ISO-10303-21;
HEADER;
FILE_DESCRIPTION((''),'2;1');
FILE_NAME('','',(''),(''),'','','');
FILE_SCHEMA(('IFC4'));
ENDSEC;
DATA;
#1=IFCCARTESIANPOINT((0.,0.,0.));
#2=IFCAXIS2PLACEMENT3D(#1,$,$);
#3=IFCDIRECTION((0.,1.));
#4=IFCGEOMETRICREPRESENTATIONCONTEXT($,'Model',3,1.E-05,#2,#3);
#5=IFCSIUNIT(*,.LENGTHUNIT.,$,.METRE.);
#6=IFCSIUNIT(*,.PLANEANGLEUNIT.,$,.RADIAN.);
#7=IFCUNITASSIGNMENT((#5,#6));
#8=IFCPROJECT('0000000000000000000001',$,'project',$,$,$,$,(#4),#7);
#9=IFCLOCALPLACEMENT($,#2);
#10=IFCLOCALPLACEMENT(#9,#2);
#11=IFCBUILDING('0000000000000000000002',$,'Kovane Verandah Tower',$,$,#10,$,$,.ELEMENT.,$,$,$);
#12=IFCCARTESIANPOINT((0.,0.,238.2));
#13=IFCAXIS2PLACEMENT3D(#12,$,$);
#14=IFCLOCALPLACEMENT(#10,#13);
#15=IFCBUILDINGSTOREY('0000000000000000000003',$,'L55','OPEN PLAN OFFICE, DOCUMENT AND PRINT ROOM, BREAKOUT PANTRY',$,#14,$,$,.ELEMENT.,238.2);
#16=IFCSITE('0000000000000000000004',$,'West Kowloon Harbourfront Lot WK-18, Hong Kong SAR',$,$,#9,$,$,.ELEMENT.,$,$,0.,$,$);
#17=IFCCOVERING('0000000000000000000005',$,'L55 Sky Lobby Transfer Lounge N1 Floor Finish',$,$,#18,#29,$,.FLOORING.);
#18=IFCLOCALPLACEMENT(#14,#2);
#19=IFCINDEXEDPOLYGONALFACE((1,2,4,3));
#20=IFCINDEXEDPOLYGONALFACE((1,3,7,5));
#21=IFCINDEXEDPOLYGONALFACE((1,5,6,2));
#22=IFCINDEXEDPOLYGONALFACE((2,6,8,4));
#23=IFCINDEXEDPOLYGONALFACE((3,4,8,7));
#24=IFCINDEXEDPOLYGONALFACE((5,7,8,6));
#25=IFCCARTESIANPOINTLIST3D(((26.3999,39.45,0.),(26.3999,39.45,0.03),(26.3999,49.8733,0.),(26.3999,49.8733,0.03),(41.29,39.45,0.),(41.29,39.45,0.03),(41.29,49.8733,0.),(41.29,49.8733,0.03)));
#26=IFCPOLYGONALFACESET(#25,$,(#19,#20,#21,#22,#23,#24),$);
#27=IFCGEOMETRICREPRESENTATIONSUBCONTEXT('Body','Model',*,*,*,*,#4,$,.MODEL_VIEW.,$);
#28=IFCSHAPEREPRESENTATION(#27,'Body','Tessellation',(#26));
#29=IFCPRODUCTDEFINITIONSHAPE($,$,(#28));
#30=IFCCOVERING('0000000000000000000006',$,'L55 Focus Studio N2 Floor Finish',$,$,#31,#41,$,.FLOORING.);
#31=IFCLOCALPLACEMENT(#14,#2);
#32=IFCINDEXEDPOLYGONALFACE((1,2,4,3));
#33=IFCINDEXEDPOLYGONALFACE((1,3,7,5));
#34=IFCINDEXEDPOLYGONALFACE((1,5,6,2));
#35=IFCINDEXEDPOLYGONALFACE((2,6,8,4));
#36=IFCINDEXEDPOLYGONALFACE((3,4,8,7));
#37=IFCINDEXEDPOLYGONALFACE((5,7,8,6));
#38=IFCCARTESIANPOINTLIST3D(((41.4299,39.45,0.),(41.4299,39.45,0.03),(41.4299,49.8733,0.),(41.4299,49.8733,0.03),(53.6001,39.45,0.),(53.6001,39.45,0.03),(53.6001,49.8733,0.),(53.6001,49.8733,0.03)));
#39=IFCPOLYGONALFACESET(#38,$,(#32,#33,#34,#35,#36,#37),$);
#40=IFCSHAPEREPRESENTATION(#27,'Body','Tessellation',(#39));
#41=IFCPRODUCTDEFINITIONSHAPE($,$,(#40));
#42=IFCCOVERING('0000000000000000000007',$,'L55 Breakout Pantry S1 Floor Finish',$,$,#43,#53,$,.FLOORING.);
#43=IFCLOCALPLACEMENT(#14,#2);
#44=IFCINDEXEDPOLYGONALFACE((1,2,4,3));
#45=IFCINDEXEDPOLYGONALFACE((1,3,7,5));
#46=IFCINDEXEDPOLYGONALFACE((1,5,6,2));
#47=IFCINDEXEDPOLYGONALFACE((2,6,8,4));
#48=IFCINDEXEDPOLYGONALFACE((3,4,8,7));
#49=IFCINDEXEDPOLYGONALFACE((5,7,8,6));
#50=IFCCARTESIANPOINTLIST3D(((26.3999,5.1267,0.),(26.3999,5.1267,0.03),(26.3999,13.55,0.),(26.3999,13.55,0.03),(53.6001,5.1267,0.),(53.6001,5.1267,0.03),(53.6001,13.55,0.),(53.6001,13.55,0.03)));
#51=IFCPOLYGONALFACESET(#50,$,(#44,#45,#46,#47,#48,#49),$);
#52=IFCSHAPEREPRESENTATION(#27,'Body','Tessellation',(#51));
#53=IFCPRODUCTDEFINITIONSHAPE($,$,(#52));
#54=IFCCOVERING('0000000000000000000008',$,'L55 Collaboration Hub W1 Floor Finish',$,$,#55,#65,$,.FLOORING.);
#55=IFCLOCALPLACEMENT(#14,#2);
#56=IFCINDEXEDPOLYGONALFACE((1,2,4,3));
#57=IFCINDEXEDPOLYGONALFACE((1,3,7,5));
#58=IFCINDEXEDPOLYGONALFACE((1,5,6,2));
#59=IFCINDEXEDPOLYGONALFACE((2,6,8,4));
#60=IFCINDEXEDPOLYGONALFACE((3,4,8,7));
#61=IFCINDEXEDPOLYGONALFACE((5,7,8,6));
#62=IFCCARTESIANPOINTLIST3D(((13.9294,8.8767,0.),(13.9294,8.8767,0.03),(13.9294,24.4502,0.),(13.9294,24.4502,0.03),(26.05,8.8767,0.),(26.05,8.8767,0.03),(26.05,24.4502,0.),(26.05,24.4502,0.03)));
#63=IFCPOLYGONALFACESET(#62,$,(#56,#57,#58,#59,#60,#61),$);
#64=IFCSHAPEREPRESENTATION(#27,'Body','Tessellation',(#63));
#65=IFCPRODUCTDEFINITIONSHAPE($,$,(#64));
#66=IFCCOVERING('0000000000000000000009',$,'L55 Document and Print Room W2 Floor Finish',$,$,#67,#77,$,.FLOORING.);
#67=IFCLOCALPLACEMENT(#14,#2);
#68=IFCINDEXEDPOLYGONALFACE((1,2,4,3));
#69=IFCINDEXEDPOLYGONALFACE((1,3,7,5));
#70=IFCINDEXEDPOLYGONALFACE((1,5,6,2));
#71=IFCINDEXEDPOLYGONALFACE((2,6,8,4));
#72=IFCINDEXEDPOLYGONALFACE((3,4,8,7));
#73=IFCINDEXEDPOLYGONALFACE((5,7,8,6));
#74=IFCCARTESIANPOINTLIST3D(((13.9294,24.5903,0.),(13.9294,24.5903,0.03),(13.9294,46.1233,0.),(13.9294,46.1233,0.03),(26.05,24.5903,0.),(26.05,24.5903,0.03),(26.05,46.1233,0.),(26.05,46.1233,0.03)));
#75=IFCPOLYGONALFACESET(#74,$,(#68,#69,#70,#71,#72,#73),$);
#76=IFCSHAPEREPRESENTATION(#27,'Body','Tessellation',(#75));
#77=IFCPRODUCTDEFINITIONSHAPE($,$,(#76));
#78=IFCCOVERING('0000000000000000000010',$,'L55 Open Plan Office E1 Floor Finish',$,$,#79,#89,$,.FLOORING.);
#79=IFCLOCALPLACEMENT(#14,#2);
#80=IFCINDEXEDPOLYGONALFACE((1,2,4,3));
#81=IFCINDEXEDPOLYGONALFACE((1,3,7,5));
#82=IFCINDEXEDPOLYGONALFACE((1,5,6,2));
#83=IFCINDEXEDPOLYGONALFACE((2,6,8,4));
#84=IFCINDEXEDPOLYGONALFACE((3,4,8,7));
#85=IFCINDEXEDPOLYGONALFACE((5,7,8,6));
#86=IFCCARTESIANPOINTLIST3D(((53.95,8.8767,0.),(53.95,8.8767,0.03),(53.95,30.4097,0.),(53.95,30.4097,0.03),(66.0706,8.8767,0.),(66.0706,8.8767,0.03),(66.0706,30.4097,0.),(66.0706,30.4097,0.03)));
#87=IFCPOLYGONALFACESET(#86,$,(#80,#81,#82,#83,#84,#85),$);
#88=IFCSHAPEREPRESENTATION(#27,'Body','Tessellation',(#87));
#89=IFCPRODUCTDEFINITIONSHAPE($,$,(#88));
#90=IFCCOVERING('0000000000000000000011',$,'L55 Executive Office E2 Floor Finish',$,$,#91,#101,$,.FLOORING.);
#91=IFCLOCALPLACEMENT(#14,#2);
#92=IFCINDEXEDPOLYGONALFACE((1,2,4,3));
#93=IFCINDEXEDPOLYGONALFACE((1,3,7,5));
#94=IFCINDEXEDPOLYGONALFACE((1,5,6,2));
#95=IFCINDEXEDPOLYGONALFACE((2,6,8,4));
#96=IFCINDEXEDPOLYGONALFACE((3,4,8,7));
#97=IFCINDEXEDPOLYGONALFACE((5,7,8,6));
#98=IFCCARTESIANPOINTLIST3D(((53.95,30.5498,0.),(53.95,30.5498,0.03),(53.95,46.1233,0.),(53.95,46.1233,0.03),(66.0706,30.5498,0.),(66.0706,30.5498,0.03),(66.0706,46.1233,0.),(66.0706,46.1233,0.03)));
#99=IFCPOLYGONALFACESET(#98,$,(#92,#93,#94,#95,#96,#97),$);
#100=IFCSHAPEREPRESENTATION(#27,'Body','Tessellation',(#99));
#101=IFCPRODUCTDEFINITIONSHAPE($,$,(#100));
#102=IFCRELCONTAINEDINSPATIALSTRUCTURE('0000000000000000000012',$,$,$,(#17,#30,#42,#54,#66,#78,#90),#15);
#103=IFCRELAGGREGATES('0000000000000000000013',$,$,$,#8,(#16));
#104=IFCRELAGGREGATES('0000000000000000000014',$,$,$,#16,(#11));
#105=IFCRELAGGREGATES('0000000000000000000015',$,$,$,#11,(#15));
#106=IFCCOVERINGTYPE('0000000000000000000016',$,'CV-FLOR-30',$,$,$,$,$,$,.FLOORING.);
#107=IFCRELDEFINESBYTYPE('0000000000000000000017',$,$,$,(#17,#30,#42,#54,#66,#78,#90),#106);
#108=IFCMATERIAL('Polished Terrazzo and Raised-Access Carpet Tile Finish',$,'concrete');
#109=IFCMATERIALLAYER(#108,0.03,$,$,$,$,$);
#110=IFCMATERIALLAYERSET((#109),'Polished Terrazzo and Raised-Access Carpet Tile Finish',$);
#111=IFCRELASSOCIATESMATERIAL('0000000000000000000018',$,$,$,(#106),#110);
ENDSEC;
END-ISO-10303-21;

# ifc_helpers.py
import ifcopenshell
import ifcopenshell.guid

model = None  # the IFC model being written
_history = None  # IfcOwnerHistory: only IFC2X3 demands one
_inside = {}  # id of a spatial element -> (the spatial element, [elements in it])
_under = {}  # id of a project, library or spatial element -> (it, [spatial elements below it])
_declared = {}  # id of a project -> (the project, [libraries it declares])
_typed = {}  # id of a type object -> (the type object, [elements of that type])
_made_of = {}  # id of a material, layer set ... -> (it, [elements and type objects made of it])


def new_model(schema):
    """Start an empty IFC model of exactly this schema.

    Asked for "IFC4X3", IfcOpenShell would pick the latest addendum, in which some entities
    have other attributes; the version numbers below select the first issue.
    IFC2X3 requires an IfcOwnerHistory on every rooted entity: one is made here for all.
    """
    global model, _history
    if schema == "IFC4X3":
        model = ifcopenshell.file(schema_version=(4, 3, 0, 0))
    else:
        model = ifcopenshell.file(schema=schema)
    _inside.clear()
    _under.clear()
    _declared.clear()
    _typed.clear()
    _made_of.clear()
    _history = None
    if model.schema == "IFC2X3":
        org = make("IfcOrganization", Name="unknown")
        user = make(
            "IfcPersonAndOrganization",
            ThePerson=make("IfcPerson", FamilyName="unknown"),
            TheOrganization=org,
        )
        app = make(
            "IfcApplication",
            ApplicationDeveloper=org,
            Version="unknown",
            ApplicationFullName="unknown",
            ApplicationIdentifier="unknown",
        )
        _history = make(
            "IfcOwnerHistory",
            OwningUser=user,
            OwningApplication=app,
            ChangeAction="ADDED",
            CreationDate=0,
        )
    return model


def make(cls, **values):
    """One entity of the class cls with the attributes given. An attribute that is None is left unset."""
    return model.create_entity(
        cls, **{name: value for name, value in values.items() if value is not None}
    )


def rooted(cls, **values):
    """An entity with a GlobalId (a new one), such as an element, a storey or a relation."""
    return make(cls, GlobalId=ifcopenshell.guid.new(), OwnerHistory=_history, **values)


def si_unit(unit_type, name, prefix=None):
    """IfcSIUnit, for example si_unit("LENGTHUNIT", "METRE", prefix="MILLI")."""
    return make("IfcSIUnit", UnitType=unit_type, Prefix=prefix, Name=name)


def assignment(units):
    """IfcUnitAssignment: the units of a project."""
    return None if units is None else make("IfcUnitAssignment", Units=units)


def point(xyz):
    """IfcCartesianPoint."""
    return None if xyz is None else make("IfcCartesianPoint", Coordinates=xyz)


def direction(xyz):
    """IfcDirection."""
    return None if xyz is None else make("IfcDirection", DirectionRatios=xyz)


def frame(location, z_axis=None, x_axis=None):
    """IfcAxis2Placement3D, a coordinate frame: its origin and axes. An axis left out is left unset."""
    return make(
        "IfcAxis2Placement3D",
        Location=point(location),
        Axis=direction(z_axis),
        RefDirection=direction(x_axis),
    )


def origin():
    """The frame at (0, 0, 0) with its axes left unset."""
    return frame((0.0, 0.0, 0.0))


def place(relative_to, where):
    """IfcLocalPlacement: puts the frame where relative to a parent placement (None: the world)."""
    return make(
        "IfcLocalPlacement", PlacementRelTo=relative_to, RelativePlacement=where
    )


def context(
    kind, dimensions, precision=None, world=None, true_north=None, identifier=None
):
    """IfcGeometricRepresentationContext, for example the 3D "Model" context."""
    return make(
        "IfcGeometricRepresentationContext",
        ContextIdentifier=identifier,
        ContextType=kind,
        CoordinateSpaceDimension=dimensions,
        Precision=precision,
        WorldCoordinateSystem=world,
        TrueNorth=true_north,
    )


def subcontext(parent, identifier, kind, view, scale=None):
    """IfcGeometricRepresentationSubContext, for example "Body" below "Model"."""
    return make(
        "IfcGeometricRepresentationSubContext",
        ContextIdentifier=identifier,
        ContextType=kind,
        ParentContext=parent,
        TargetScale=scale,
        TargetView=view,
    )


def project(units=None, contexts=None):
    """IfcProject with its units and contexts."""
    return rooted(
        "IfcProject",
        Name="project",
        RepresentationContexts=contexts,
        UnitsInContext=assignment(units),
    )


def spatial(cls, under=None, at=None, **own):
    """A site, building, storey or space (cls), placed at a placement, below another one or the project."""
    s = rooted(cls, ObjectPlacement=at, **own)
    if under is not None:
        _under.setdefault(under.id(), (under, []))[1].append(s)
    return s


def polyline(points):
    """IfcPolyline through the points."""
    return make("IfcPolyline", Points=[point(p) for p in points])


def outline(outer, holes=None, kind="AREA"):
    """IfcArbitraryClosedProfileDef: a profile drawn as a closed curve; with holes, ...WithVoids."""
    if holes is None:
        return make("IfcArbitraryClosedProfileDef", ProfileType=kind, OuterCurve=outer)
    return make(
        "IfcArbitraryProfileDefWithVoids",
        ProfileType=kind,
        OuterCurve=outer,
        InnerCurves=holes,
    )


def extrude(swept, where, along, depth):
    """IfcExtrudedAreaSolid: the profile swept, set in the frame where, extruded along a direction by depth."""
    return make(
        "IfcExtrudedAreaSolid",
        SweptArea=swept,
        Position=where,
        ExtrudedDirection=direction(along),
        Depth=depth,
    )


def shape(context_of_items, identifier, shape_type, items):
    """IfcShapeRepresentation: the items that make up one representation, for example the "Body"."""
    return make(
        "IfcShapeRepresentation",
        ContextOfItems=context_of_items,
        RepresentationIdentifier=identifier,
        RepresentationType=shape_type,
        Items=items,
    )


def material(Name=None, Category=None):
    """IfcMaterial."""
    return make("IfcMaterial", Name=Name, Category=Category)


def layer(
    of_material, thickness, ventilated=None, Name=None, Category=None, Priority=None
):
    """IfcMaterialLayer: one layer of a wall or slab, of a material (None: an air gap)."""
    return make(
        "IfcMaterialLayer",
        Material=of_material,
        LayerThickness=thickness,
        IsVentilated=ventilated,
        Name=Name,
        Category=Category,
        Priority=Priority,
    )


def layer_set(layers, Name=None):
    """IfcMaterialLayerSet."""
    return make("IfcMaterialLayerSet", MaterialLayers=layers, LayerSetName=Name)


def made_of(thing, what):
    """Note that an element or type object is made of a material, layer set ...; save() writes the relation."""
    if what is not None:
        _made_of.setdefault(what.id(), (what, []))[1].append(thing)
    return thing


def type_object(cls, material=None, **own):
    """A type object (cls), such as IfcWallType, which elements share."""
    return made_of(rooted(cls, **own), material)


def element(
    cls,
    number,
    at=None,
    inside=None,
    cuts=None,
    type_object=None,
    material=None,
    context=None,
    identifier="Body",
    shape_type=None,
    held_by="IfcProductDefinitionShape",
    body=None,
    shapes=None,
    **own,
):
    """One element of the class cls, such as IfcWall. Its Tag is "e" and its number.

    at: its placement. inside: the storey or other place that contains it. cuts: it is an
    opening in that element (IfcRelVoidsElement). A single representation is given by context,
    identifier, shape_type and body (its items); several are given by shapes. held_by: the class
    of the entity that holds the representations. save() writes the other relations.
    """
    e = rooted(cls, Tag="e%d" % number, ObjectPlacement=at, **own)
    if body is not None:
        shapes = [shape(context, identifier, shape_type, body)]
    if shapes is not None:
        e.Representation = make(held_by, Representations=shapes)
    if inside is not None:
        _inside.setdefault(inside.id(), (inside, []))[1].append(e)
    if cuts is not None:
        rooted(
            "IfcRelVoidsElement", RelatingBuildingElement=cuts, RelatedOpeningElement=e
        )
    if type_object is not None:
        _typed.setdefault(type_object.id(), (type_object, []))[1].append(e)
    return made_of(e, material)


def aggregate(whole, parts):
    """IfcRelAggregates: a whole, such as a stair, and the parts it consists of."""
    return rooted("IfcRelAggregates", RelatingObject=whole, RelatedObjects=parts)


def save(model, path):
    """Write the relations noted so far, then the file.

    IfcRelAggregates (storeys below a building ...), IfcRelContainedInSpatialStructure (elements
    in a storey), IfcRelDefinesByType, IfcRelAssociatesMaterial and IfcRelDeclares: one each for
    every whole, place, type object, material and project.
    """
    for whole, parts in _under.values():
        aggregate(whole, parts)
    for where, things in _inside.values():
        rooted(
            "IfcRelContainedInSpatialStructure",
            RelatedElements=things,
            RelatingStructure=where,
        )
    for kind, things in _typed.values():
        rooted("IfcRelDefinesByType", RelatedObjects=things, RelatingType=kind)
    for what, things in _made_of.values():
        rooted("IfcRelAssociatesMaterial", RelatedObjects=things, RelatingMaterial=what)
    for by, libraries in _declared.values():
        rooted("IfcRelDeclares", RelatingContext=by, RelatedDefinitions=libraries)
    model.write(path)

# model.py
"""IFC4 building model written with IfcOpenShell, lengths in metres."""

from ifc_helpers import new_model, si_unit, direction, frame, origin, place, context, subcontext, project, spatial, polyline, outline, extrude, material, layer, layer_set, type_object, element, save


model = new_model("IFC4")

# Units and contexts
model_context = context("Model", 3, precision=1e-05, world=origin(), true_north=direction((0.0, 1.0)))
body_context = subcontext(model_context, "Body", "Model", "MODEL_VIEW")
ifc_project = project(units=[si_unit("LENGTHUNIT", "METRE"), si_unit("PLANEANGLEUNIT", "RADIAN")], contexts=[model_context])

# Site, building, storey
site_placement = place(None, origin())
site = spatial("IfcSite", under=ifc_project, at=site_placement, Name="West Kowloon Harbourfront Lot WK-18, Hong Kong SAR", CompositionType="ELEMENT", RefElevation=0.0)
building_placement = place(site_placement, origin())
building = spatial("IfcBuilding", under=site, at=building_placement, Name="Kovane Verandah Tower", CompositionType="ELEMENT")
storey_placement = place(building_placement, frame((0.0, 0.0, 238.2)))
storey = spatial("IfcBuildingStorey", under=building, at=storey_placement, Name="L55", Description="OPEN PLAN OFFICE, DOCUMENT AND PRINT ROOM, BREAKOUT PANTRY", CompositionType="ELEMENT", Elevation=238.2)

# Coverings
ifc_material_1 = material(Name="Polished Terrazzo and Raised-Access Carpet Tile Finish", Category="concrete")
ifc_layer_1 = layer(ifc_material_1, 0.03)
ifc_layer_set_1 = layer_set([ifc_layer_1], Name="Polished Terrazzo and Raised-Access Carpet Tile Finish")
covering_type_1 = type_object("IfcCoveringType", Name="CV-FLOR-30", PredefinedType="FLOORING", material=ifc_layer_set_1)
covering_1_placement = place(storey_placement, origin())
element("IfcCovering", 1, at=covering_1_placement, inside=storey, type_object=covering_type_1, Name="L55 Sky Lobby Transfer Lounge N1 Floor Finish", PredefinedType="FLOORING", context=body_context, shape_type="SweptSolid", body=[
    extrude(outline(polyline([(26.3999, 39.45), (41.29, 39.45), (41.29, 49.8733), (26.3999, 49.8733), (26.3999, 39.45)])), origin(), (0.0, 0.0, 1.0), 0.03),
])
covering_2_placement = place(storey_placement, origin())
element("IfcCovering", 2, at=covering_2_placement, inside=storey, type_object=covering_type_1, Name="L55 Focus Studio N2 Floor Finish", PredefinedType="FLOORING", context=body_context, shape_type="SweptSolid", body=[
    extrude(outline(polyline([(41.4299, 39.45), (53.6001, 39.45), (53.6001, 49.8733), (41.4299, 49.8733), (41.4299, 39.45)])), origin(), (0.0, 0.0, 1.0), 0.03),
])
covering_3_placement = place(storey_placement, origin())
element("IfcCovering", 3, at=covering_3_placement, inside=storey, type_object=covering_type_1, Name="L55 Breakout Pantry S1 Floor Finish", PredefinedType="FLOORING", context=body_context, shape_type="SweptSolid", body=[
    extrude(outline(polyline([(26.3999, 5.1267), (53.6001, 5.1267), (53.6001, 13.55), (26.3999, 13.55), (26.3999, 5.1267)])), origin(), (0.0, 0.0, 1.0), 0.03),
])
covering_4_placement = place(storey_placement, origin())
element("IfcCovering", 4, at=covering_4_placement, inside=storey, type_object=covering_type_1, Name="L55 Collaboration Hub W1 Floor Finish", PredefinedType="FLOORING", context=body_context, shape_type="SweptSolid", body=[
    extrude(outline(polyline([(13.9294, 8.8767), (26.05, 8.8767), (26.05, 24.4502), (13.9294, 24.4502), (13.9294, 8.8767)])), origin(), (0.0, 0.0, 1.0), 0.03),
])
covering_5_placement = place(storey_placement, origin())
element("IfcCovering", 5, at=covering_5_placement, inside=storey, type_object=covering_type_1, Name="L55 Document and Print Room W2 Floor Finish", PredefinedType="FLOORING", context=body_context, shape_type="SweptSolid", body=[
    extrude(outline(polyline([(13.9294, 24.5903), (26.05, 24.5903), (26.05, 46.1233), (13.9294, 46.1233), (13.9294, 24.5903)])), origin(), (0.0, 0.0, 1.0), 0.03),
])
covering_6_placement = place(storey_placement, origin())
element("IfcCovering", 6, at=covering_6_placement, inside=storey, type_object=covering_type_1, Name="L55 Open Plan Office E1 Floor Finish", PredefinedType="FLOORING", context=body_context, shape_type="SweptSolid", body=[
    extrude(outline(polyline([(53.95, 8.8767), (66.0706, 8.8767), (66.0706, 30.4097), (53.95, 30.4097), (53.95, 8.8767)])), origin(), (0.0, 0.0, 1.0), 0.03),
])
covering_7_placement = place(storey_placement, origin())
element("IfcCovering", 7, at=covering_7_placement, inside=storey, type_object=covering_type_1, Name="L55 Executive Office E2 Floor Finish", PredefinedType="FLOORING", context=body_context, shape_type="SweptSolid", body=[
    extrude(outline(polyline([(53.95, 30.5498), (66.0706, 30.5498), (66.0706, 46.1233), (53.95, 46.1233), (53.95, 30.5498)])), origin(), (0.0, 0.0, 1.0), 0.03),
])

save(model, "model.ifc")
